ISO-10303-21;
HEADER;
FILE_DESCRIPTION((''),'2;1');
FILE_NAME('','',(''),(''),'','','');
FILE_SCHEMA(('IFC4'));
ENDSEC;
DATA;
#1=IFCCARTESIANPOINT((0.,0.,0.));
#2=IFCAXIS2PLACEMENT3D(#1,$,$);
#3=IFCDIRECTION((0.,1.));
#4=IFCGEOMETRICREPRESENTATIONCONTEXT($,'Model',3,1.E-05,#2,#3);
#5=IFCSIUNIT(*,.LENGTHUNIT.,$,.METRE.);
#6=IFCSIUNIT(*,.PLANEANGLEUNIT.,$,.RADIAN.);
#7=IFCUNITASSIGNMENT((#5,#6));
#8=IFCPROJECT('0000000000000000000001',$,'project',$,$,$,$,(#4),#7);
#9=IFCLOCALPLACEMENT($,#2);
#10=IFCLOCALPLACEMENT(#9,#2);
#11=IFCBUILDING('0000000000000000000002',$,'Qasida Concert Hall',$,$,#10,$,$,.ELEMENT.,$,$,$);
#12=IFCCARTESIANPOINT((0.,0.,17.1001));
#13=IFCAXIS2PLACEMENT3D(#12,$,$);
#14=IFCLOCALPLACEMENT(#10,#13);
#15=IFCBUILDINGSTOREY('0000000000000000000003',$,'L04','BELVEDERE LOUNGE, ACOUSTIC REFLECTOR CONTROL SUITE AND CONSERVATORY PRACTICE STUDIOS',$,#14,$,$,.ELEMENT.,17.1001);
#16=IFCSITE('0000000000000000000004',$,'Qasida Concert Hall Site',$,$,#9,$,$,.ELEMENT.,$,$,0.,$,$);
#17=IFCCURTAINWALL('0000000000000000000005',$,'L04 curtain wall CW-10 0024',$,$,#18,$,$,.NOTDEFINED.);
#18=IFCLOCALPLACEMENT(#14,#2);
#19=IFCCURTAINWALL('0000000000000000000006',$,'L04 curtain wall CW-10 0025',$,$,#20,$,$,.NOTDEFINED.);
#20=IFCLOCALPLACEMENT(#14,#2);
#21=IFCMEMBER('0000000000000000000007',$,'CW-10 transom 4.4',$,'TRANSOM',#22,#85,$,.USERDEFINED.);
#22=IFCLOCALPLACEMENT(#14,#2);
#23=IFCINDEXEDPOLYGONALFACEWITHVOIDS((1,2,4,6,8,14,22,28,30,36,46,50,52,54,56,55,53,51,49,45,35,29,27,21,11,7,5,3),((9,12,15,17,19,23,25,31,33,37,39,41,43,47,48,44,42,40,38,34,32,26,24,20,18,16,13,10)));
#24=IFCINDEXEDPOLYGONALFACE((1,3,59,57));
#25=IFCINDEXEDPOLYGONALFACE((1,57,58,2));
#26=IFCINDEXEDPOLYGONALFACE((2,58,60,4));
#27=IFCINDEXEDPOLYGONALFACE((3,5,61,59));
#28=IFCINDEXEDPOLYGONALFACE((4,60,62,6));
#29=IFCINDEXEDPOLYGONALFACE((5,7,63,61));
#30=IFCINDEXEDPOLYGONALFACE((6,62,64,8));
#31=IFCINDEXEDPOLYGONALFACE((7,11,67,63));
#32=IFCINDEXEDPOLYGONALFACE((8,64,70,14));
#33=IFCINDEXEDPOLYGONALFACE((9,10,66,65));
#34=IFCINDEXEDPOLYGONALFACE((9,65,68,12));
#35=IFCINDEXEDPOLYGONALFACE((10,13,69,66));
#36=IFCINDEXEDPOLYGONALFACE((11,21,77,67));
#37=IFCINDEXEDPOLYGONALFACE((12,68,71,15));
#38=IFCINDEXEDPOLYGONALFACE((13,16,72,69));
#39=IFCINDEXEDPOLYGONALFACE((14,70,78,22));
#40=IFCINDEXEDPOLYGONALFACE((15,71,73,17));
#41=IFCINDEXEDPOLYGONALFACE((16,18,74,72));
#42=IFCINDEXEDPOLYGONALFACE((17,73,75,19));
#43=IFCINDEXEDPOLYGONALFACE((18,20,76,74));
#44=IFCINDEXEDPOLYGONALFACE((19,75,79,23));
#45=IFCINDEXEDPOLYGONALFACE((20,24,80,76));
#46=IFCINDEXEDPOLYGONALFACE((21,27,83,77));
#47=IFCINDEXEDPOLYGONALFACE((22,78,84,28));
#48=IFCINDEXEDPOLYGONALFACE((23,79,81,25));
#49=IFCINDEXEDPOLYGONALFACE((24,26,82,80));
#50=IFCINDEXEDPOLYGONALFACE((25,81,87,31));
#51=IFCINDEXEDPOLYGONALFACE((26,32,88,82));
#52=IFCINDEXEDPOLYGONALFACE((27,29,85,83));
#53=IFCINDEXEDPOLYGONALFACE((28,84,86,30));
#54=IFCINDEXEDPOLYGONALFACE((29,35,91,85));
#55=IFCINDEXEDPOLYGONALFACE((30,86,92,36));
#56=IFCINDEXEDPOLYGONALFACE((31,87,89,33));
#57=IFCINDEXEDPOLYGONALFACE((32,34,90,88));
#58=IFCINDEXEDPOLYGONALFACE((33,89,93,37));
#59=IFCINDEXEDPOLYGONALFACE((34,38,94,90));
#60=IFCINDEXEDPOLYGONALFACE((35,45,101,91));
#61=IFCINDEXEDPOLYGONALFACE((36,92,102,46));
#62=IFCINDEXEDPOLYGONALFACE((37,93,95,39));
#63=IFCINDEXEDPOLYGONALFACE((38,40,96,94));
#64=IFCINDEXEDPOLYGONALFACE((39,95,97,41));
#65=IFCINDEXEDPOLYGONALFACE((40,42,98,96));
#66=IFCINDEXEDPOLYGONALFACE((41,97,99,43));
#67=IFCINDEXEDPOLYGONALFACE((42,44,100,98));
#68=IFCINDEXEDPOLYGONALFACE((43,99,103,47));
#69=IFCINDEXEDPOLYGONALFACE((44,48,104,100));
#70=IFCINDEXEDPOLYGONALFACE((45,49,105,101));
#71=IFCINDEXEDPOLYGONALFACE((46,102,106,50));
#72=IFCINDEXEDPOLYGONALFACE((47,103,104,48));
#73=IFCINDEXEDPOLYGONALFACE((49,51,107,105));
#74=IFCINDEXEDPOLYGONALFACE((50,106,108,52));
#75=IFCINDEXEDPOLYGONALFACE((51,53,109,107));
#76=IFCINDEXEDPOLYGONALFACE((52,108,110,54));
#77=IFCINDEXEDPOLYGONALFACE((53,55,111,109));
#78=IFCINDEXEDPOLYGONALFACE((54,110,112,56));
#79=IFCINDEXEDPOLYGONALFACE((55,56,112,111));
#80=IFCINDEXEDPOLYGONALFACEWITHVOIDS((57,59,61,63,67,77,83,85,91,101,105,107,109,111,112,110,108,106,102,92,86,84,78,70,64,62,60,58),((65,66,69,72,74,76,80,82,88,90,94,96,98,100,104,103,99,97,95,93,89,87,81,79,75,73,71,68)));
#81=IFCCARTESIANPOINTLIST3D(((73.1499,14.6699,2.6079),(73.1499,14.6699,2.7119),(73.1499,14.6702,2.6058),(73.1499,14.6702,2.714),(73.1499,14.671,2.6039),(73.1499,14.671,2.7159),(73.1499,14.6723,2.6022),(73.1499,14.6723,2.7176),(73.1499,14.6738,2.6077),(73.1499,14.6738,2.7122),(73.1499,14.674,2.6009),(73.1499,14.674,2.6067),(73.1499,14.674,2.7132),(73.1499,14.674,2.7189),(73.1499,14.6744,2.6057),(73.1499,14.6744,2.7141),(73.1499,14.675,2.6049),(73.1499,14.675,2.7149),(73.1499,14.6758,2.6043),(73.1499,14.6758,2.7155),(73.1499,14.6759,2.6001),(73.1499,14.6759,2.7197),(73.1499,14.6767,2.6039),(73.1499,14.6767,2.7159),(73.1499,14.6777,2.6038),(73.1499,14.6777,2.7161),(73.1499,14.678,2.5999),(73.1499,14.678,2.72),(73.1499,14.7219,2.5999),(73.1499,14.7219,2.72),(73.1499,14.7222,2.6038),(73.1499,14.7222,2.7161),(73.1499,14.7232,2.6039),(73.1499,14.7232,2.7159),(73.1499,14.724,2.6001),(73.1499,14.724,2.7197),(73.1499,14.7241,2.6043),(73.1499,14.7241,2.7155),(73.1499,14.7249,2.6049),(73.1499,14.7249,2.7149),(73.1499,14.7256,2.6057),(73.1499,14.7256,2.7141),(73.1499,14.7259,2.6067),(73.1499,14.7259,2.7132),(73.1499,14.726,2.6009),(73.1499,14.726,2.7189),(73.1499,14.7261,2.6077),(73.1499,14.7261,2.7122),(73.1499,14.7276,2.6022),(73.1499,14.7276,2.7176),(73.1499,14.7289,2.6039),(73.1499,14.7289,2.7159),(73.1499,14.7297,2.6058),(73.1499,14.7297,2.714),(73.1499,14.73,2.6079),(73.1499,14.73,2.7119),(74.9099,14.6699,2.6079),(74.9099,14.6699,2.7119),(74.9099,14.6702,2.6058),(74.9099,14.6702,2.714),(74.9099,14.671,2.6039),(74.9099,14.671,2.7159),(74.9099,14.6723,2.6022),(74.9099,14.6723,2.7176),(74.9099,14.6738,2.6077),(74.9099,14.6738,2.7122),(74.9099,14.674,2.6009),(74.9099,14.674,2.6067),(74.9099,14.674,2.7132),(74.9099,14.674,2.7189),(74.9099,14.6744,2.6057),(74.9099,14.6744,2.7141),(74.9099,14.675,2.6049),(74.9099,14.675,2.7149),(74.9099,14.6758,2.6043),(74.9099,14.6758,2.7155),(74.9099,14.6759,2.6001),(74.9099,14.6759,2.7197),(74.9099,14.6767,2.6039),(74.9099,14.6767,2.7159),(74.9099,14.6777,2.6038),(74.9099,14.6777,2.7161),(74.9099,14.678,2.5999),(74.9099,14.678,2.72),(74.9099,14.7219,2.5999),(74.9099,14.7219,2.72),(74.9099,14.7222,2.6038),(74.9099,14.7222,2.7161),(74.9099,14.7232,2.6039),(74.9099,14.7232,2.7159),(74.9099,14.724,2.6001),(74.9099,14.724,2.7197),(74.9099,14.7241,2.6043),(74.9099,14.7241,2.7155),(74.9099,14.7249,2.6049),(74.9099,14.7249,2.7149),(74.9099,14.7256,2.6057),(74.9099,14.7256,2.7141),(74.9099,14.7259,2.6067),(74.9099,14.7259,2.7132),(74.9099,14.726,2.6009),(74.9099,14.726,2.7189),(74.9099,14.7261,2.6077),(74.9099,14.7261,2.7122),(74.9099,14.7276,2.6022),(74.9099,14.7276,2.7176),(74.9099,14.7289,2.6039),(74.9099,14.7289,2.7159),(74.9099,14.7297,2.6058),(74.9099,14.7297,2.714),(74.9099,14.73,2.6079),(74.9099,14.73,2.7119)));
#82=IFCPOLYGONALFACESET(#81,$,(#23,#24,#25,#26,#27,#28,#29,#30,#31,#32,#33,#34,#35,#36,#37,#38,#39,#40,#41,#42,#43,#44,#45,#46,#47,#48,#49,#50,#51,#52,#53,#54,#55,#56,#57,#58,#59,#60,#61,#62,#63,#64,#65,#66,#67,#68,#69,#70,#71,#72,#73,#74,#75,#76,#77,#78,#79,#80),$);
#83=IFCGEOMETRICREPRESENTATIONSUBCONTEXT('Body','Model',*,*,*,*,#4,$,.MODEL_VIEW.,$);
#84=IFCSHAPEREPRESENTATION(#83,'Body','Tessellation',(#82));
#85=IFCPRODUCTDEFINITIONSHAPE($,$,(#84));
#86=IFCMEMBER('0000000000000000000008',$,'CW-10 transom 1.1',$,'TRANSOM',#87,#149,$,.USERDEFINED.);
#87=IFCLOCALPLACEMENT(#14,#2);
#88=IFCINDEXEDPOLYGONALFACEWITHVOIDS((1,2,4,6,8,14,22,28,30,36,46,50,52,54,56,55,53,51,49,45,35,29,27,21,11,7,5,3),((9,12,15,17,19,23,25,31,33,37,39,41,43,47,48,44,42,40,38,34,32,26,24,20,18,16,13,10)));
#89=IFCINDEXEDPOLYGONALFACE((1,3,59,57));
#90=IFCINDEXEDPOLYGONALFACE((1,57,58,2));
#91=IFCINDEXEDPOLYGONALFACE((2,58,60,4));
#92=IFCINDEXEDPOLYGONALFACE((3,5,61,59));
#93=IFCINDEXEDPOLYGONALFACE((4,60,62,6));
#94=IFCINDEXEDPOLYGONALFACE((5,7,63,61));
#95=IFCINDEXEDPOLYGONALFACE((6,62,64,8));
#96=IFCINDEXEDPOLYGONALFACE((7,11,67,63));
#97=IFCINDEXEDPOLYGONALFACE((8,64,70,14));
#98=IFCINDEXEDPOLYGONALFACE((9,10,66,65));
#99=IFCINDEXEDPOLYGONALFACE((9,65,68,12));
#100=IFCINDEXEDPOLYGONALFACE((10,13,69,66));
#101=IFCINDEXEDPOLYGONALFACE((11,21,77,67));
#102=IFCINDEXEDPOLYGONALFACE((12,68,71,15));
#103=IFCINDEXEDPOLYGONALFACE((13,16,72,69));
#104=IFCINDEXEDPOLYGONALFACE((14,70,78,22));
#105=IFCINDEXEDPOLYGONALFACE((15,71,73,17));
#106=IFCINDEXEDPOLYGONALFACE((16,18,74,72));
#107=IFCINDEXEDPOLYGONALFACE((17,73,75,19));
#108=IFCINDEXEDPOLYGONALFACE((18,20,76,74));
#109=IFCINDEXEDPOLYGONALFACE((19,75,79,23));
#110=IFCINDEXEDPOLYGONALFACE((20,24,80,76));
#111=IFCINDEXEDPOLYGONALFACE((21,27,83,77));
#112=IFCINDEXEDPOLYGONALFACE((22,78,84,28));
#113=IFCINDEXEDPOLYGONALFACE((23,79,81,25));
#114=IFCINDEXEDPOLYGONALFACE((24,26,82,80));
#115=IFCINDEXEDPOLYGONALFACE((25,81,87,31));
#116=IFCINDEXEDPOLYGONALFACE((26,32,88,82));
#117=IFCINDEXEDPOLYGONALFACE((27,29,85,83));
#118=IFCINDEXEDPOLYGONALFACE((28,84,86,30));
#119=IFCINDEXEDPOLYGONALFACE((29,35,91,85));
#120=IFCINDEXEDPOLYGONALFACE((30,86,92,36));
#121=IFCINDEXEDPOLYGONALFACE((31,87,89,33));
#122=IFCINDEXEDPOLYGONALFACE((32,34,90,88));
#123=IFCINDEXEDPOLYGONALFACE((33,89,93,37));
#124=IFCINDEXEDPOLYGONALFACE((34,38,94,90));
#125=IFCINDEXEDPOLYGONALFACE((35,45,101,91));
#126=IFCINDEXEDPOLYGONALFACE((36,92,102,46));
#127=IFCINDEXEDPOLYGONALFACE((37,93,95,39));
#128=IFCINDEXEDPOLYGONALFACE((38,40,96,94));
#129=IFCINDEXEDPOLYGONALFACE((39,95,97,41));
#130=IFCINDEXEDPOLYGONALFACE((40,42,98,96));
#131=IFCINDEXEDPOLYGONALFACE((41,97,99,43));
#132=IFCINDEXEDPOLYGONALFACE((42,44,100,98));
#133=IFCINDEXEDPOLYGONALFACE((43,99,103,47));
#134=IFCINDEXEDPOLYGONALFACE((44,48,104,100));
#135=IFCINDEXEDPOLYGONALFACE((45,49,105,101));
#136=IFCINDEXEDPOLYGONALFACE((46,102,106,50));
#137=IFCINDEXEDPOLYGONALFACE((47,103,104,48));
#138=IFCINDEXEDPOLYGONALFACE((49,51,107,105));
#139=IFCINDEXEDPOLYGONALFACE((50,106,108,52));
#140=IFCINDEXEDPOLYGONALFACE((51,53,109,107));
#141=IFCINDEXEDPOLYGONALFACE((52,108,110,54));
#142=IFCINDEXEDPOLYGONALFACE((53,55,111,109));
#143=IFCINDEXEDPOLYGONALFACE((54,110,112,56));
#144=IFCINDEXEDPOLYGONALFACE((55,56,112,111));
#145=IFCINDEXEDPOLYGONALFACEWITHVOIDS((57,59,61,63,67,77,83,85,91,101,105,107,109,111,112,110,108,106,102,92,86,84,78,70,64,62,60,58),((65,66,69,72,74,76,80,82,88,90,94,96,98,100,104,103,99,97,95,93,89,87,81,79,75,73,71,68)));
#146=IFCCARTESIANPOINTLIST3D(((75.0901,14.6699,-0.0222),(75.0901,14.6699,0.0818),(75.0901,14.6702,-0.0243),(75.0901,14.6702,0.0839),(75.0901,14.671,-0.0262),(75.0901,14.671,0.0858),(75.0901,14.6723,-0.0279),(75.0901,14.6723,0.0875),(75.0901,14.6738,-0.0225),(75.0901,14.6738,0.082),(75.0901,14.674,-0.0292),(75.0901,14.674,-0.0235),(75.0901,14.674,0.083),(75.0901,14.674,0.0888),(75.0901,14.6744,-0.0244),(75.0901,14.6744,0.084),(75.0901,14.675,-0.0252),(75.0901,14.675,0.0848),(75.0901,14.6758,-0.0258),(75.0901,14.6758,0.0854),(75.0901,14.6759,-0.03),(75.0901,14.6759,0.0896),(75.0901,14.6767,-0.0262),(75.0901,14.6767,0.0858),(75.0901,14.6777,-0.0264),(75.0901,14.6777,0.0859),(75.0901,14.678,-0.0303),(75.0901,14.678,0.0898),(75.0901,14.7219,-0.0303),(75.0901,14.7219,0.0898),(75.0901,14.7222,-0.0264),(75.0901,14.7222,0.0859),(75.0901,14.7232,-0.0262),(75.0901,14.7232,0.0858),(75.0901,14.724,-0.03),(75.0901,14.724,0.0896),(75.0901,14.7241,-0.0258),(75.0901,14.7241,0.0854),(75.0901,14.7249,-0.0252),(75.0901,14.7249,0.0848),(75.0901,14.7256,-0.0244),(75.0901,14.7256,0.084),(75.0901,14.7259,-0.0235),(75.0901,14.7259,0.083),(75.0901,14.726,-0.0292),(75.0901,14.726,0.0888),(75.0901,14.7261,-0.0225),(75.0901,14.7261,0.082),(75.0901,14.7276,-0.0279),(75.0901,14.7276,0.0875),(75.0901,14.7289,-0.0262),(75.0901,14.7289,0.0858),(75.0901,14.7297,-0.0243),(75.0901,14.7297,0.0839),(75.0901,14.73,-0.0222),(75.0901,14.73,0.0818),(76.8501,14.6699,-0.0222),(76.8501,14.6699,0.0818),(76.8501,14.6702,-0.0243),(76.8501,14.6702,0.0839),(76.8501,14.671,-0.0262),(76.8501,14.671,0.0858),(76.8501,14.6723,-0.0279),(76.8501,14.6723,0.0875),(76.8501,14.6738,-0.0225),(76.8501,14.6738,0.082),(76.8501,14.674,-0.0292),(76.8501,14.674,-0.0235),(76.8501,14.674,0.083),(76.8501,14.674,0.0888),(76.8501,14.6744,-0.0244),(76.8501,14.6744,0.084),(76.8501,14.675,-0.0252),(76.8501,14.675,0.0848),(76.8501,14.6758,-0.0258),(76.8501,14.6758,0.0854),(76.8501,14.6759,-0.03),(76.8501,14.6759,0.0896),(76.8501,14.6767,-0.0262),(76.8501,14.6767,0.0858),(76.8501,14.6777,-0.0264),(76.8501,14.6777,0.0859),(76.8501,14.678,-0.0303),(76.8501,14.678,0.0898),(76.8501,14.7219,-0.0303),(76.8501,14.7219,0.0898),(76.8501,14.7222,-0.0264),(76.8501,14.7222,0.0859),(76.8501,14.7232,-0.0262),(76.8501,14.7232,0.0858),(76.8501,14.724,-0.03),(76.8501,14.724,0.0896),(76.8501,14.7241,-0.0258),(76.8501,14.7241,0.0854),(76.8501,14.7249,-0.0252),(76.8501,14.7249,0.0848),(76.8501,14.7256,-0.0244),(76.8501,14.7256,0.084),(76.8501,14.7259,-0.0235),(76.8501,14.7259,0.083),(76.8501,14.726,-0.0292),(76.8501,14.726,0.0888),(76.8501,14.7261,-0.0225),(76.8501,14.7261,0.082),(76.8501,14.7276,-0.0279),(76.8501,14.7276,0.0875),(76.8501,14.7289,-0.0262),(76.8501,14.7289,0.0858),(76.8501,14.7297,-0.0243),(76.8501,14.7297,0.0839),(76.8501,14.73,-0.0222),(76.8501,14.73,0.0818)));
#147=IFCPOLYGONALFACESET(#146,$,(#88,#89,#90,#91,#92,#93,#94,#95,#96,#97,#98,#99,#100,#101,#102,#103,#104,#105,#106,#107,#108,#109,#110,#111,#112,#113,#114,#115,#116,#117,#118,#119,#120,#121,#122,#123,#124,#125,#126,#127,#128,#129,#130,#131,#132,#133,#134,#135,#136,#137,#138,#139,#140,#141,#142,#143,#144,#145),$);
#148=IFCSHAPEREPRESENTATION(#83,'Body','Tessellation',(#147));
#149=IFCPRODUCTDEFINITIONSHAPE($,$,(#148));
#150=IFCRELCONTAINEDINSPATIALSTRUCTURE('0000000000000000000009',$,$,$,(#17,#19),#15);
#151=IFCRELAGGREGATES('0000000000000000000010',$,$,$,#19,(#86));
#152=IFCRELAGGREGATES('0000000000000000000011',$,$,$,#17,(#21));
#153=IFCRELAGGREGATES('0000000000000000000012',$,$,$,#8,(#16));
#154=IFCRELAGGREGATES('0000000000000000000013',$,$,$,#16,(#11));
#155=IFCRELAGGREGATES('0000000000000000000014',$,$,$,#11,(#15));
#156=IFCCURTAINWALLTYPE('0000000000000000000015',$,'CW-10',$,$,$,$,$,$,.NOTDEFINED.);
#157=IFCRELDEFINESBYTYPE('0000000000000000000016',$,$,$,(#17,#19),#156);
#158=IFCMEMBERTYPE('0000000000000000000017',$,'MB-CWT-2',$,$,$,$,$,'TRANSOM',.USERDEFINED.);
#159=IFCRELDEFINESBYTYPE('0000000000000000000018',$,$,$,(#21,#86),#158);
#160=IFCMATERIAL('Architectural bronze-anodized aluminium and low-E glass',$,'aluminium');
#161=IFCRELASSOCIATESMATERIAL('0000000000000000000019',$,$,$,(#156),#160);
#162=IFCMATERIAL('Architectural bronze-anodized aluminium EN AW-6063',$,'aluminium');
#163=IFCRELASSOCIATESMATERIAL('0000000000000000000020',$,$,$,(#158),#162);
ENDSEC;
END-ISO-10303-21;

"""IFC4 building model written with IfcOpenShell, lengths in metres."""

from ifc_helpers import new_model, si_unit, direction, frame, origin, origin_2d, place, context, subcontext, project, spatial, hollow_rectangle, extrude, material, material_profile, profile_set, type_object, element, aggregate, save


model = new_model("IFC4")

# Units and contexts
model_context = context("Model", 3, precision=1e-05, world=origin(), true_north=direction((0.0, 1.0)))
body_context = subcontext(model_context, "Body", "Model", "MODEL_VIEW")
ifc_project = project(units=[si_unit("LENGTHUNIT", "METRE"), si_unit("PLANEANGLEUNIT", "RADIAN")], contexts=[model_context])

# Site, building, storey
site_placement = place(None, origin())
site = spatial("IfcSite", under=ifc_project, at=site_placement, Name="Qasida Concert Hall Site", CompositionType="ELEMENT", RefElevation=0.0)
building_placement = place(site_placement, origin())
building = spatial("IfcBuilding", under=site, at=building_placement, Name="Qasida Concert Hall", CompositionType="ELEMENT")
storey_placement = place(building_placement, frame((0.0, 0.0, 17.1001)))
storey = spatial("IfcBuildingStorey", under=building, at=storey_placement, Name="L04", Description="BELVEDERE LOUNGE, ACOUSTIC REFLECTOR CONTROL SUITE AND CONSERVATORY PRACTICE STUDIOS", CompositionType="ELEMENT", Elevation=17.1001)

# Curtain wall
ifc_material_1 = material(Name="Architectural bronze-anodized aluminium and low-E glass", Category="aluminium")
curtain_wall_type = type_object("IfcCurtainWallType", Name="CW-10", PredefinedType="NOTDEFINED", material=ifc_material_1)
curtain_wall_1_placement = place(storey_placement, origin())
curtain_wall_1 = element("IfcCurtainWall", 1, at=curtain_wall_1_placement, inside=storey, type_object=curtain_wall_type, Name="L04 curtain wall CW-10 0024", PredefinedType="NOTDEFINED")
ifc_material_2 = material(Name="Architectural bronze-anodized aluminium EN AW-6063", Category="aluminium")

# Curtain wall
curtain_wall_2_placement = place(storey_placement, origin())
curtain_wall_2 = element("IfcCurtainWall", 2, at=curtain_wall_2_placement, inside=storey, type_object=curtain_wall_type, Name="L04 curtain wall CW-10 0025", PredefinedType="NOTDEFINED")

# Members
ifc_material_profile_1 = material_profile(ifc_material_2, hollow_rectangle(XDim=0.0601, YDim=0.1201, WallThickness=0.0039, InnerFilletRadius=0.0039, OuterFilletRadius=0.0081, at=origin_2d()), Name="CWT 120x60x4")
ifc_profile_set_1 = profile_set([ifc_material_profile_1], Name="Architectural bronze-anodized aluminium EN AW-6063")
member_type_1 = type_object("IfcMemberType", Name="MB-CWT-2", ElementType="TRANSOM", PredefinedType="USERDEFINED", material=ifc_profile_set_1)
member_1_placement = place(storey_placement, frame((73.1499, 14.7, 2.6599), z_axis=(1.0, 0.0, 0.0), x_axis=(0.0, 1.0, 0.0)))
member_1 = element("IfcMember", 3, at=member_1_placement, type_object=member_type_1, Name="CW-10 transom 4.4", ObjectType="TRANSOM", PredefinedType="USERDEFINED", context=body_context, shape_type="SweptSolid", body=[
    extrude(hollow_rectangle(XDim=0.0601, YDim=0.1201, WallThickness=0.0039, InnerFilletRadius=0.0039, OuterFilletRadius=0.0081, at=origin_2d()), origin(), (0.0, 0.0, 1.0), 1.76),
])
member_2_placement = place(storey_placement, frame((75.0901, 14.7, 0.0298), z_axis=(1.0, 0.0, 0.0), x_axis=(0.0, 1.0, 0.0)))
member_2 = element("IfcMember", 4, at=member_2_placement, type_object=member_type_1, Name="CW-10 transom 1.1", ObjectType="TRANSOM", PredefinedType="USERDEFINED", context=body_context, shape_type="SweptSolid", body=[
    extrude(hollow_rectangle(XDim=0.0601, YDim=0.1201, WallThickness=0.0039, InnerFilletRadius=0.0039, OuterFilletRadius=0.0081, at=origin_2d()), origin(), (0.0, 0.0, 1.0), 1.76),
])
aggregate(curtain_wall_2, [member_2])

aggregate(curtain_wall_1, [member_1])

save(model, "model.ifc")
